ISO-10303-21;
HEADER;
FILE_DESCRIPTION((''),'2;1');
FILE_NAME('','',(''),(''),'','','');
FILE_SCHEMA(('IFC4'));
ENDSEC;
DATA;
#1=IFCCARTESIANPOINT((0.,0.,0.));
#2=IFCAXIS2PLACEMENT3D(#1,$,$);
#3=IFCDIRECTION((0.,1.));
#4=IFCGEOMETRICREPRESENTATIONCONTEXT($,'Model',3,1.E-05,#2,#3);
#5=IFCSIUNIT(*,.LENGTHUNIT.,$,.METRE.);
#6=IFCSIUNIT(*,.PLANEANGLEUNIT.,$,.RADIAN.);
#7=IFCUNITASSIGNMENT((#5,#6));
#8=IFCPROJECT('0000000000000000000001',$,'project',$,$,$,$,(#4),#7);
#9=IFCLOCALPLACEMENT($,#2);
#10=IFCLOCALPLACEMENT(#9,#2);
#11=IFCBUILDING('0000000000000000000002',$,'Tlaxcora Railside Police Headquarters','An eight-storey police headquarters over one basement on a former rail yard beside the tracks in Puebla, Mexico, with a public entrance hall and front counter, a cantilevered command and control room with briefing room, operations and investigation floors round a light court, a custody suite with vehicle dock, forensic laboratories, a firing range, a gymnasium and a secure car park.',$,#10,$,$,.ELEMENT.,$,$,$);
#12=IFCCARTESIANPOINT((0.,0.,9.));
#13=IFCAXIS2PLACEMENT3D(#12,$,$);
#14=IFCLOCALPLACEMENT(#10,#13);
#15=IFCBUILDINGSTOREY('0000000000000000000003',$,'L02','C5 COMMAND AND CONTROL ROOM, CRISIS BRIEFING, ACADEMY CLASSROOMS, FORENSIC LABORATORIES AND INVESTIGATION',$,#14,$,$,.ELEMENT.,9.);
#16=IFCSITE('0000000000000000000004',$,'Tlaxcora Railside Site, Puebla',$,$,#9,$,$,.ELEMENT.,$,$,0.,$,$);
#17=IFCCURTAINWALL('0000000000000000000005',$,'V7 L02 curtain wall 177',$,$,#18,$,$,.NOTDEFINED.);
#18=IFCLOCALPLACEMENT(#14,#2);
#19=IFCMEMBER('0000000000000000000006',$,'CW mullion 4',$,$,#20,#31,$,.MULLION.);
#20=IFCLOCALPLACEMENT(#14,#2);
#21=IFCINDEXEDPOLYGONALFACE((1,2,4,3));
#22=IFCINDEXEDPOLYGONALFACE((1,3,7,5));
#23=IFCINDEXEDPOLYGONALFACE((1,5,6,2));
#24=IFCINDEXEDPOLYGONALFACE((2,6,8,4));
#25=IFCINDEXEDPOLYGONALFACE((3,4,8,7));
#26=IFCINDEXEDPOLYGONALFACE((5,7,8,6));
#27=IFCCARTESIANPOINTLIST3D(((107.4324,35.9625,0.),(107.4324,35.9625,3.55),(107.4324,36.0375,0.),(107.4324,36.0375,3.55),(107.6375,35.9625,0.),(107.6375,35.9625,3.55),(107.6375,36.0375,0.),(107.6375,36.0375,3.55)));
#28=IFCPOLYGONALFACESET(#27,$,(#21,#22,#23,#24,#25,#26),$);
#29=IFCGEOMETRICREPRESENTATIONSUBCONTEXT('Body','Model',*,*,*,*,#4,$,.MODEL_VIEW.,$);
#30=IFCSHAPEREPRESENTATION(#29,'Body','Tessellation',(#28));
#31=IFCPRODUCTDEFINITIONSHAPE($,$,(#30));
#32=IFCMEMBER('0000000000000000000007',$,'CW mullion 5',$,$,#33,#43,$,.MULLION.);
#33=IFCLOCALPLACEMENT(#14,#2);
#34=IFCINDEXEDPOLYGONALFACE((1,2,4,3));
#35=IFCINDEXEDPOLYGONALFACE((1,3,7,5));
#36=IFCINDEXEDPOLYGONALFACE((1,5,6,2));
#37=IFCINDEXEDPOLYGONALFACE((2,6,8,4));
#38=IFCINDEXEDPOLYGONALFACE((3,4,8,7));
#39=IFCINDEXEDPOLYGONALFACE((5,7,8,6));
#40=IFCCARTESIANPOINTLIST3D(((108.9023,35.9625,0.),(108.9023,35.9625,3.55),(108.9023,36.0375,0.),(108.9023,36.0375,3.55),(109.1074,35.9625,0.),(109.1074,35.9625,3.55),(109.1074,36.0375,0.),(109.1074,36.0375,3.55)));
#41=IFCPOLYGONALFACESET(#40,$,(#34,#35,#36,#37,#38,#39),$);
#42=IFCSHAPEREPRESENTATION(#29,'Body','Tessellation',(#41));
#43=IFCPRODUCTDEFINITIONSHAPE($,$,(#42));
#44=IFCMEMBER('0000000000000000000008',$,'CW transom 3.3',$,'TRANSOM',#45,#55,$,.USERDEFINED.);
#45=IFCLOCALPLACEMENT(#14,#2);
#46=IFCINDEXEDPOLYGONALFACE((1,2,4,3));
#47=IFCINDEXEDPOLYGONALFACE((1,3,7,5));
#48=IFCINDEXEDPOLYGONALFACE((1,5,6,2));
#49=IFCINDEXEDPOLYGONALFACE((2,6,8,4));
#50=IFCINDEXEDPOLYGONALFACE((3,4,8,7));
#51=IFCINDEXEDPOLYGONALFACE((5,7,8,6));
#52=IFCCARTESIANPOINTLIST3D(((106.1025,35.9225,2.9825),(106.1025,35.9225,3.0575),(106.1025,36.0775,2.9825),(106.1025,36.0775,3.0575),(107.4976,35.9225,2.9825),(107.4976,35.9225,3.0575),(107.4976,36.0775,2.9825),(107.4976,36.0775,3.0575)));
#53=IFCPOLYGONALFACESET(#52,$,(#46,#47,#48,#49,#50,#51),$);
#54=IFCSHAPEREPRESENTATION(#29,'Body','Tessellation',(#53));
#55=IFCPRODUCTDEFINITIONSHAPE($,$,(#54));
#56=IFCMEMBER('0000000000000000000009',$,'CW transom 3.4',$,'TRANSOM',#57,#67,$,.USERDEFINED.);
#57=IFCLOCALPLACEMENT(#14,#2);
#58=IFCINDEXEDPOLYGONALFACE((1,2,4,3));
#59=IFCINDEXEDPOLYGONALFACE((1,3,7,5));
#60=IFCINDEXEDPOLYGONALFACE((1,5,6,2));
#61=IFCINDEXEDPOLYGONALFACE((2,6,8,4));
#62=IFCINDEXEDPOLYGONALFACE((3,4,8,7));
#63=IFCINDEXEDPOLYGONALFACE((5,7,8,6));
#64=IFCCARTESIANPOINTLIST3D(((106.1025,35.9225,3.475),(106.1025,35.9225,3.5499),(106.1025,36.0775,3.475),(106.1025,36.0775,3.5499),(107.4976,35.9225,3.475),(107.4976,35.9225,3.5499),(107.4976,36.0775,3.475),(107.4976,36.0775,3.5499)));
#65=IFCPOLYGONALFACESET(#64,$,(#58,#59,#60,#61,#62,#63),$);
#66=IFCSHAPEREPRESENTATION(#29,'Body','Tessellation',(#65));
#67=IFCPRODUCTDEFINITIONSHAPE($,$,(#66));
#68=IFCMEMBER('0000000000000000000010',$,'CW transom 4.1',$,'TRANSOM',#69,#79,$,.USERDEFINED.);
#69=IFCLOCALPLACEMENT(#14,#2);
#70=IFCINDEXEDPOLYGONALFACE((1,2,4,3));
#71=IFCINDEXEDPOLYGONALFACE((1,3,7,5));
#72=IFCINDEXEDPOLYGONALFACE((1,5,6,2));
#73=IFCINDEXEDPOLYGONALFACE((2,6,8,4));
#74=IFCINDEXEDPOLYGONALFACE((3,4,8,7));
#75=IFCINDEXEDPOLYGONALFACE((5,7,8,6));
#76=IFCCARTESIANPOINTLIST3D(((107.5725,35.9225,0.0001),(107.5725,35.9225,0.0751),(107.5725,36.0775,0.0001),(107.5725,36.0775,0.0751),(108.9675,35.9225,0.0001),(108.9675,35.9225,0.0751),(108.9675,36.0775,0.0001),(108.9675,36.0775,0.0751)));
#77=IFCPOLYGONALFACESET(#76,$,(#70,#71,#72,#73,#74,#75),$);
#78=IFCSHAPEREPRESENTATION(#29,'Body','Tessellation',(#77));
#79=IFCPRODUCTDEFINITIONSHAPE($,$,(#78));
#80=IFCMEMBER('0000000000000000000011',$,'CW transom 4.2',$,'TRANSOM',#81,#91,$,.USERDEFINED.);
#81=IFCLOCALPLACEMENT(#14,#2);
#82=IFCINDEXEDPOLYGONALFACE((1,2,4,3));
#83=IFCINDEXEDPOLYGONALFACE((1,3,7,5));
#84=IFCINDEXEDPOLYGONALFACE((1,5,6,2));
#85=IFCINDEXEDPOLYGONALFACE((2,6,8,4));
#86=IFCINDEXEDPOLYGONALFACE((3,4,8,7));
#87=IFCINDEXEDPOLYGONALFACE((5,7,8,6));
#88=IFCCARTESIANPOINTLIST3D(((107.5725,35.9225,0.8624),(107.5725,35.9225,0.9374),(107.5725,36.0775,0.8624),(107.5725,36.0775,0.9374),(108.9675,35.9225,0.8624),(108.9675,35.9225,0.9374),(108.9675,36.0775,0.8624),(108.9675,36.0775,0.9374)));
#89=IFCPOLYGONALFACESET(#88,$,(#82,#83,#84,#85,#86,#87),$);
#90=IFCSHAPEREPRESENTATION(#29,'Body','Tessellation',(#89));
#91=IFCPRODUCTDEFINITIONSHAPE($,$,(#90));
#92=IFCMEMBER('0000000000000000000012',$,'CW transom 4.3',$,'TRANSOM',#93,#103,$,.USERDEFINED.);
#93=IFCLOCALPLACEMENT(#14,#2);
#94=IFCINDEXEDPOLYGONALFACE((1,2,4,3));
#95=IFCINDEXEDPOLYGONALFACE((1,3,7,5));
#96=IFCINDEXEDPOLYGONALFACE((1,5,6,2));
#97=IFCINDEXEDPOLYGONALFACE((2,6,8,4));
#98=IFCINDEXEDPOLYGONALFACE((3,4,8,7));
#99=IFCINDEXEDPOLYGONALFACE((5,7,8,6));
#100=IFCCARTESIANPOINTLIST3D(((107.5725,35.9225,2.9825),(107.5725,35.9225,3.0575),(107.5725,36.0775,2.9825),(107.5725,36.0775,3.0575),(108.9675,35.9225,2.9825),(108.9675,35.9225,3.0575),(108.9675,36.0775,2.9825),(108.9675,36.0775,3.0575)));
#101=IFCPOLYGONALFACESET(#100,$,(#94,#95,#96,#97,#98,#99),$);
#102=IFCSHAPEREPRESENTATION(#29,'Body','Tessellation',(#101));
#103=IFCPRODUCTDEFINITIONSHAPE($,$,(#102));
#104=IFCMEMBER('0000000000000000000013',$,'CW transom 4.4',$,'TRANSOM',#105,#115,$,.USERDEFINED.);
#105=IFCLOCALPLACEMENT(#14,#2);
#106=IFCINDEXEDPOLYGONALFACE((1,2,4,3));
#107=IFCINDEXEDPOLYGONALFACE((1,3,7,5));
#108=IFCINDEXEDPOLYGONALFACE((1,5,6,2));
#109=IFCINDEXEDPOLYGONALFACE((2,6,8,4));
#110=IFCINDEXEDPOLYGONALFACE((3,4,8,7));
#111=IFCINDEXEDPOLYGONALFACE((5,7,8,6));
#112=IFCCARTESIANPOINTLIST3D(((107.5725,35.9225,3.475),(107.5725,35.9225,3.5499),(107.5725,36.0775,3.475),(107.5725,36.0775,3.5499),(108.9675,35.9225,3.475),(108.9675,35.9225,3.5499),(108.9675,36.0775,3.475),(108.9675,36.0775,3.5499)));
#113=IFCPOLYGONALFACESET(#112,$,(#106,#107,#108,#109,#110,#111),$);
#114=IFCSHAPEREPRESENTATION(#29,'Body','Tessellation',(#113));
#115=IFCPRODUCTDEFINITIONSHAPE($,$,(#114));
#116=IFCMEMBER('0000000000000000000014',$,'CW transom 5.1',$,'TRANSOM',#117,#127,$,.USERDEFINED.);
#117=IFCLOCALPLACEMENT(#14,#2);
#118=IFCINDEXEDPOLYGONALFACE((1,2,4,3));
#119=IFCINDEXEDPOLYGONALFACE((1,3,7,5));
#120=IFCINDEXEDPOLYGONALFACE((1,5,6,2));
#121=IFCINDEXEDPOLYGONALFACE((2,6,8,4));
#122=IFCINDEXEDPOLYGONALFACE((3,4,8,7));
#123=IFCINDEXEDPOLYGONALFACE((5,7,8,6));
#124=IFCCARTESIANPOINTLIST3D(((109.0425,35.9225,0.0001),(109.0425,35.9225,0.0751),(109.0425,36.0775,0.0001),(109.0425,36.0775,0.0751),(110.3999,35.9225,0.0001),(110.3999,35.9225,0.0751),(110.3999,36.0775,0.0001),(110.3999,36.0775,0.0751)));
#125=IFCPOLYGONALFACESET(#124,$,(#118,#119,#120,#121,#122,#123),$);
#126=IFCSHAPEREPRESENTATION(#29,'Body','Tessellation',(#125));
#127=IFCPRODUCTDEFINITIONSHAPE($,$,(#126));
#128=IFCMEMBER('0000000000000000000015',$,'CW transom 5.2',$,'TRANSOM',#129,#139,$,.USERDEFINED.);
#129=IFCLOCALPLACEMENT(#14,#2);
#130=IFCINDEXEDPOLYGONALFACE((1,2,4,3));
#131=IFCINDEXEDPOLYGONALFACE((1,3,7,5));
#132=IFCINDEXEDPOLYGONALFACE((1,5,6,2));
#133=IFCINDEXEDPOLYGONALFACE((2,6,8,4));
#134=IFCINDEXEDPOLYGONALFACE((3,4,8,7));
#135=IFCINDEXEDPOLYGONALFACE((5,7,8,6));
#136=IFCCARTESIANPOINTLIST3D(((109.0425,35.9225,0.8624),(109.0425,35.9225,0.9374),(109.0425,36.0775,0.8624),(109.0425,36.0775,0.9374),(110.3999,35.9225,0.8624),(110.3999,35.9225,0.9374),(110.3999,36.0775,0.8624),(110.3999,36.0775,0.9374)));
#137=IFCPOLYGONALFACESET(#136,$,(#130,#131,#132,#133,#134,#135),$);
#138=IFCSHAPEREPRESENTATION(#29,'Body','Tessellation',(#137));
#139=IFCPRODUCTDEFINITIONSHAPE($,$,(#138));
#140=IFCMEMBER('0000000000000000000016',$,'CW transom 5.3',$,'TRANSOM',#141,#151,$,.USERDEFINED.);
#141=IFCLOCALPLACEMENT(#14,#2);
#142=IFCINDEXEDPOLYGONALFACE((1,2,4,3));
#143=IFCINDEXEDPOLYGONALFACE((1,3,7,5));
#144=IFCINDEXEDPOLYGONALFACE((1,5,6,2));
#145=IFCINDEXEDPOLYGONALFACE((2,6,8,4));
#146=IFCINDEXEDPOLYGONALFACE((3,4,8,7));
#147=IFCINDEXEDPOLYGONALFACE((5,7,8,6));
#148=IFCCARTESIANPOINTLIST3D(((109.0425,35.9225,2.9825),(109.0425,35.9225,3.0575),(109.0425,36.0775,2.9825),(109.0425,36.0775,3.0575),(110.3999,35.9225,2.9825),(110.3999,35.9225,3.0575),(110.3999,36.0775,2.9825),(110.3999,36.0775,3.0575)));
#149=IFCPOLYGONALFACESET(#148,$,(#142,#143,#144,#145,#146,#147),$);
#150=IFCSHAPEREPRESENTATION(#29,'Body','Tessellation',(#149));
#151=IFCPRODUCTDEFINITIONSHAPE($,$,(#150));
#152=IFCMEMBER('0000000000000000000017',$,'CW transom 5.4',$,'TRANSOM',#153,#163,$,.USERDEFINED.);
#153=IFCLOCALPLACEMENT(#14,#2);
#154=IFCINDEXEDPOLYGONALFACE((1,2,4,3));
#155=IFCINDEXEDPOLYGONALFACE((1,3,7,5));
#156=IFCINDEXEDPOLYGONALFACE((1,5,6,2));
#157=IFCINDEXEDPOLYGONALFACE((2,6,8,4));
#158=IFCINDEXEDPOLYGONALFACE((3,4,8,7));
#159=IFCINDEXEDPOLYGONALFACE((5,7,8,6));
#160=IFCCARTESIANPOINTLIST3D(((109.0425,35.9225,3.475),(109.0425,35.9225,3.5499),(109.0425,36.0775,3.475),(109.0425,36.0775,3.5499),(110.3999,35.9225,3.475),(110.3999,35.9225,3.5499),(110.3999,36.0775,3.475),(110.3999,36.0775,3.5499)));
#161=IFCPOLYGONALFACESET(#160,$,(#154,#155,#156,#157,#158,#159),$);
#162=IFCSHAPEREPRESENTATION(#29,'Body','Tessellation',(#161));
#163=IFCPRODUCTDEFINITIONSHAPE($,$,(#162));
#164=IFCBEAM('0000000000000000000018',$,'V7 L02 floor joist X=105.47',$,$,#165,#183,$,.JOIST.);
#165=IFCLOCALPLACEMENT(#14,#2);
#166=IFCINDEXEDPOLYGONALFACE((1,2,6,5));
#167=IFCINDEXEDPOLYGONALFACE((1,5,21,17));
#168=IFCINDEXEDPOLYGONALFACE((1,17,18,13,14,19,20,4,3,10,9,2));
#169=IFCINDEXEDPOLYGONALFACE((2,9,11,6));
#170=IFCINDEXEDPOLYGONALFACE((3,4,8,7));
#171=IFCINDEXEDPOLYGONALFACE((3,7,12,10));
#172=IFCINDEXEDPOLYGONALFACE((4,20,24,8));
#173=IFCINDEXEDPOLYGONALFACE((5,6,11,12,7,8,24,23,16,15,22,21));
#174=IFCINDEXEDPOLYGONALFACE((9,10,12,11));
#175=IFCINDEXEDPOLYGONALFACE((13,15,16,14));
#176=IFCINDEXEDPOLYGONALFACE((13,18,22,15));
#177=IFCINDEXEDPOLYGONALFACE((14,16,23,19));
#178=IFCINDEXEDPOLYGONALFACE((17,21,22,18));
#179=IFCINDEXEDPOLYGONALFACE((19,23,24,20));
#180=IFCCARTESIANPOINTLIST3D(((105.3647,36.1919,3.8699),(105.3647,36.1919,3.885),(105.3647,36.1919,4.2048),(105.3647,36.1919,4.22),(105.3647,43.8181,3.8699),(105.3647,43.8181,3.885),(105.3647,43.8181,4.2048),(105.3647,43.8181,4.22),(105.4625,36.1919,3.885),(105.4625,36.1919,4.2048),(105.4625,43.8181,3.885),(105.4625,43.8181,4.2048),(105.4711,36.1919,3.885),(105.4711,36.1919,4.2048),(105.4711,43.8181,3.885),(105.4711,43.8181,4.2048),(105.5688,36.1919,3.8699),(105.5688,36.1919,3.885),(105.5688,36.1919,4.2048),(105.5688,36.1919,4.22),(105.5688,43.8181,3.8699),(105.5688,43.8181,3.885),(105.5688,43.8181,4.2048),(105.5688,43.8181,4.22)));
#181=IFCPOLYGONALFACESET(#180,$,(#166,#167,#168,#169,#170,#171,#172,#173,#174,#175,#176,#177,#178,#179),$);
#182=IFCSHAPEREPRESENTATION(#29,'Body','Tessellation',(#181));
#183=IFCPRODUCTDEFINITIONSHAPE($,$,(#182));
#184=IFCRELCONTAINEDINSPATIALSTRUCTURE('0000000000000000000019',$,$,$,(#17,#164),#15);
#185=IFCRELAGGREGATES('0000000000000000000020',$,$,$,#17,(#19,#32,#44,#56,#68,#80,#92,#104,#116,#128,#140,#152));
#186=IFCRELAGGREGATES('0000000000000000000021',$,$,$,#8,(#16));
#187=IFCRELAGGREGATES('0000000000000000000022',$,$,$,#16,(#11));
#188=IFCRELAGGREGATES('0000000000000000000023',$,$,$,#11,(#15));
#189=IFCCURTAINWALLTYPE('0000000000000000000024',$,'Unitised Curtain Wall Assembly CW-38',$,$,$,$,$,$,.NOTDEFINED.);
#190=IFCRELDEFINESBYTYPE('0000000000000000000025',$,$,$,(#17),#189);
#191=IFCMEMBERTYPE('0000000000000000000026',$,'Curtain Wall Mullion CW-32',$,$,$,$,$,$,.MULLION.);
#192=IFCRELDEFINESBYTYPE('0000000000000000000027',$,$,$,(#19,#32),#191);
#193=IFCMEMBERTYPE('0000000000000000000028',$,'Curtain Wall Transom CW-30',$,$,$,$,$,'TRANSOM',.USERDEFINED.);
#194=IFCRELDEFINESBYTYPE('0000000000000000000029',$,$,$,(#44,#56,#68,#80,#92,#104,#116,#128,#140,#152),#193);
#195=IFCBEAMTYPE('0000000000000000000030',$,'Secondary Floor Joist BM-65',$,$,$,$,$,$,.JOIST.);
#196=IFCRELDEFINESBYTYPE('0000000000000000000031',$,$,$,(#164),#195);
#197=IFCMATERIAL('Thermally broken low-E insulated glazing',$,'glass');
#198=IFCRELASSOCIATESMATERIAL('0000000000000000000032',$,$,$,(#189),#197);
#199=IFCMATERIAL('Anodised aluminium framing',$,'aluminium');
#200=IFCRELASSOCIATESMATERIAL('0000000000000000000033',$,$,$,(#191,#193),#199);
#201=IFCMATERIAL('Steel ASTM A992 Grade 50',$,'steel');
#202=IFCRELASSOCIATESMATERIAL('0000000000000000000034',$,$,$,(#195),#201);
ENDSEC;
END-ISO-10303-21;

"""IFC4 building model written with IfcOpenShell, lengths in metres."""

from ifc_helpers import new_model, si_unit, direction, frame, origin, origin_2d, place, context, subcontext, project, spatial, rectangle, i_section, extrude, material, material_profile, profile_set, type_object, element, aggregate, save


model = new_model("IFC4")

# Units and contexts
model_context = context("Model", 3, precision=1e-05, world=origin(), true_north=direction((0.0, 1.0)))
body_context = subcontext(model_context, "Body", "Model", "MODEL_VIEW")
ifc_project = project(units=[si_unit("LENGTHUNIT", "METRE"), si_unit("PLANEANGLEUNIT", "RADIAN")], contexts=[model_context])

# Site, building, storey
site_placement = place(None, origin())
site = spatial("IfcSite", under=ifc_project, at=site_placement, Name="Tlaxcora Railside Site, Puebla", CompositionType="ELEMENT", RefElevation=0.0)
building_placement = place(site_placement, origin())
building = spatial("IfcBuilding", under=site, at=building_placement, Name="Tlaxcora Railside Police Headquarters", Description="An eight-storey police headquarters over one basement on a former rail yard beside the tracks in Puebla, Mexico, with a public entrance hall and front counter, a cantilevered command and control room with briefing room, operations and investigation floors round a light court, a custody suite with vehicle dock, forensic laboratories, a firing range, a gymnasium and a secure car park.", CompositionType="ELEMENT")
storey_placement = place(building_placement, frame((0.0, 0.0, 9.0)))
storey = spatial("IfcBuildingStorey", under=building, at=storey_placement, Name="L02", Description="C5 COMMAND AND CONTROL ROOM, CRISIS BRIEFING, ACADEMY CLASSROOMS, FORENSIC LABORATORIES AND INVESTIGATION", CompositionType="ELEMENT", Elevation=9.0)

# Curtain wall, members
ifc_material_1 = material(Name="Thermally broken low-E insulated glazing", Category="glass")
curtain_wall_type = type_object("IfcCurtainWallType", Name="Unitised Curtain Wall Assembly CW-38", PredefinedType="NOTDEFINED", material=ifc_material_1)
curtain_wall_placement = place(storey_placement, origin())
curtain_wall = element("IfcCurtainWall", 1, at=curtain_wall_placement, inside=storey, type_object=curtain_wall_type, Name="V7 L02 curtain wall 177", PredefinedType="NOTDEFINED")
ifc_material_2 = material(Name="Anodised aluminium framing", Category="aluminium")
ifc_material_profile_1 = material_profile(ifc_material_2, rectangle(XDim=0.075, YDim=0.2051, at=origin_2d()), Name="AL75X205")
ifc_profile_set_1 = profile_set([ifc_material_profile_1], Name="Anodised aluminium framing")
member_type_1 = type_object("IfcMemberType", Name="Curtain Wall Mullion CW-32", PredefinedType="MULLION", material=ifc_profile_set_1)
member_1_placement = place(storey_placement, frame((107.5349, 36.0, 0.0), z_axis=(0.0, 0.0, 1.0), x_axis=(0.0, 1.0, 0.0)))
member_1 = element("IfcMember", 2, at=member_1_placement, type_object=member_type_1, Name="CW mullion 4", PredefinedType="MULLION", context=body_context, shape_type="SweptSolid", body=[
    extrude(rectangle(XDim=0.075, YDim=0.2051, at=origin_2d()), origin(), (0.0, 0.0, 1.0), 3.55),
])
member_2_placement = place(storey_placement, frame((109.0049, 36.0, 0.0), z_axis=(0.0, 0.0, 1.0), x_axis=(0.0, 1.0, 0.0)))
member_2 = element("IfcMember", 3, at=member_2_placement, type_object=member_type_1, Name="CW mullion 5", PredefinedType="MULLION", context=body_context, shape_type="SweptSolid", body=[
    extrude(rectangle(XDim=0.075, YDim=0.2051, at=origin_2d()), origin(), (0.0, 0.0, 1.0), 3.55),
])
ifc_material_profile_2 = material_profile(ifc_material_2, rectangle(XDim=0.155, YDim=0.075, at=origin_2d()), Name="AL75X155")
ifc_profile_set_2 = profile_set([ifc_material_profile_2], Name="Anodised aluminium framing")
member_type_2 = type_object("IfcMemberType", Name="Curtain Wall Transom CW-30", ElementType="TRANSOM", PredefinedType="USERDEFINED", material=ifc_profile_set_2)
member_3_placement = place(storey_placement, frame((106.1025, 36.0, 3.02), z_axis=(1.0, 0.0, 0.0), x_axis=(0.0, 1.0, 0.0)))
member_3 = element("IfcMember", 4, at=member_3_placement, type_object=member_type_2, Name="CW transom 3.3", ObjectType="TRANSOM", PredefinedType="USERDEFINED", context=body_context, shape_type="SweptSolid", body=[
    extrude(rectangle(XDim=0.155, YDim=0.075, at=origin_2d()), origin(), (0.0, 0.0, 1.0), 1.395),
])
member_4_placement = place(storey_placement, frame((106.1025, 36.0, 3.5125), z_axis=(1.0, 0.0, 0.0), x_axis=(0.0, 1.0, 0.0)))
member_4 = element("IfcMember", 5, at=member_4_placement, type_object=member_type_2, Name="CW transom 3.4", ObjectType="TRANSOM", PredefinedType="USERDEFINED", context=body_context, shape_type="SweptSolid", body=[
    extrude(rectangle(XDim=0.155, YDim=0.075, at=origin_2d()), origin(), (0.0, 0.0, 1.0), 1.395),
])
member_5_placement = place(storey_placement, frame((107.5725, 36.0, 0.0376), z_axis=(1.0, 0.0, 0.0), x_axis=(0.0, 1.0, 0.0)))
member_5 = element("IfcMember", 6, at=member_5_placement, type_object=member_type_2, Name="CW transom 4.1", ObjectType="TRANSOM", PredefinedType="USERDEFINED", context=body_context, shape_type="SweptSolid", body=[
    extrude(rectangle(XDim=0.155, YDim=0.075, at=origin_2d()), origin(), (0.0, 0.0, 1.0), 1.395),
])
member_6_placement = place(storey_placement, frame((107.5725, 36.0, 0.8999), z_axis=(1.0, 0.0, 0.0), x_axis=(0.0, 1.0, 0.0)))
member_6 = element("IfcMember", 7, at=member_6_placement, type_object=member_type_2, Name="CW transom 4.2", ObjectType="TRANSOM", PredefinedType="USERDEFINED", context=body_context, shape_type="SweptSolid", body=[
    extrude(rectangle(XDim=0.155, YDim=0.075, at=origin_2d()), origin(), (0.0, 0.0, 1.0), 1.395),
])
member_7_placement = place(storey_placement, frame((107.5725, 36.0, 3.02), z_axis=(1.0, 0.0, 0.0), x_axis=(0.0, 1.0, 0.0)))
member_7 = element("IfcMember", 8, at=member_7_placement, type_object=member_type_2, Name="CW transom 4.3", ObjectType="TRANSOM", PredefinedType="USERDEFINED", context=body_context, shape_type="SweptSolid", body=[
    extrude(rectangle(XDim=0.155, YDim=0.075, at=origin_2d()), origin(), (0.0, 0.0, 1.0), 1.395),
])
member_8_placement = place(storey_placement, frame((107.5725, 36.0, 3.5125), z_axis=(1.0, 0.0, 0.0), x_axis=(0.0, 1.0, 0.0)))
member_8 = element("IfcMember", 9, at=member_8_placement, type_object=member_type_2, Name="CW transom 4.4", ObjectType="TRANSOM", PredefinedType="USERDEFINED", context=body_context, shape_type="SweptSolid", body=[
    extrude(rectangle(XDim=0.155, YDim=0.075, at=origin_2d()), origin(), (0.0, 0.0, 1.0), 1.395),
])
member_9_placement = place(storey_placement, frame((109.0425, 36.0, 0.0376), z_axis=(1.0, 0.0, 0.0), x_axis=(0.0, 1.0, 0.0)))
member_9 = element("IfcMember", 10, at=member_9_placement, type_object=member_type_2, Name="CW transom 5.1", ObjectType="TRANSOM", PredefinedType="USERDEFINED", context=body_context, shape_type="SweptSolid", body=[
    extrude(rectangle(XDim=0.155, YDim=0.075, at=origin_2d()), origin(), (0.0, 0.0, 1.0), 1.3574),
])
member_10_placement = place(storey_placement, frame((109.0425, 36.0, 0.8999), z_axis=(1.0, 0.0, 0.0), x_axis=(0.0, 1.0, 0.0)))
member_10 = element("IfcMember", 11, at=member_10_placement, type_object=member_type_2, Name="CW transom 5.2", ObjectType="TRANSOM", PredefinedType="USERDEFINED", context=body_context, shape_type="SweptSolid", body=[
    extrude(rectangle(XDim=0.155, YDim=0.075, at=origin_2d()), origin(), (0.0, 0.0, 1.0), 1.3574),
])
member_11_placement = place(storey_placement, frame((109.0425, 36.0, 3.02), z_axis=(1.0, 0.0, 0.0), x_axis=(0.0, 1.0, 0.0)))
member_11 = element("IfcMember", 12, at=member_11_placement, type_object=member_type_2, Name="CW transom 5.3", ObjectType="TRANSOM", PredefinedType="USERDEFINED", context=body_context, shape_type="SweptSolid", body=[
    extrude(rectangle(XDim=0.155, YDim=0.075, at=origin_2d()), origin(), (0.0, 0.0, 1.0), 1.3574),
])
member_12_placement = place(storey_placement, frame((109.0425, 36.0, 3.5125), z_axis=(1.0, 0.0, 0.0), x_axis=(0.0, 1.0, 0.0)))
member_12 = element("IfcMember", 13, at=member_12_placement, type_object=member_type_2, Name="CW transom 5.4", ObjectType="TRANSOM", PredefinedType="USERDEFINED", context=body_context, shape_type="SweptSolid", body=[
    extrude(rectangle(XDim=0.155, YDim=0.075, at=origin_2d()), origin(), (0.0, 0.0, 1.0), 1.3574),
])

# Beam
ifc_material_3 = material(Name="Steel ASTM A992 Grade 50", Category="steel")
ifc_material_profile_3 = material_profile(ifc_material_3, i_section(OverallWidth=0.2041, OverallDepth=0.3501, WebThickness=0.0085, FlangeThickness=0.0151, at=origin_2d()), Name="W14X48")
ifc_profile_set_3 = profile_set([ifc_material_profile_3], Name="Steel ASTM A992 Grade 50")
beam_type_1 = type_object("IfcBeamType", Name="Secondary Floor Joist BM-65", PredefinedType="JOIST", material=ifc_profile_set_3)
for number, where, z_axis, x_axis, name in (
    (14, (105.4668, 36.1919, 4.0449), (0.0, 1.0, 0.0), (-1.0, 0.0, 0.0), "V7 L02 floor joist X=105.47"),
):
    element("IfcBeam", number, at=place(storey_placement, frame(where, z_axis=z_axis, x_axis=x_axis)), inside=storey, type_object=beam_type_1, Name=name, PredefinedType="JOIST", context=body_context, shape_type="SweptSolid", body=[
        extrude(i_section(OverallWidth=0.2041, OverallDepth=0.3501, WebThickness=0.0085, FlangeThickness=0.0151, at=origin_2d()), origin(), (0.0, 0.0, 1.0), 7.6262),
    ])

aggregate(curtain_wall, [member_1, member_2, member_3, member_4, member_5, member_6, member_7, member_8, member_9, member_10, member_11, member_12])

save(model, "model.ifc")
